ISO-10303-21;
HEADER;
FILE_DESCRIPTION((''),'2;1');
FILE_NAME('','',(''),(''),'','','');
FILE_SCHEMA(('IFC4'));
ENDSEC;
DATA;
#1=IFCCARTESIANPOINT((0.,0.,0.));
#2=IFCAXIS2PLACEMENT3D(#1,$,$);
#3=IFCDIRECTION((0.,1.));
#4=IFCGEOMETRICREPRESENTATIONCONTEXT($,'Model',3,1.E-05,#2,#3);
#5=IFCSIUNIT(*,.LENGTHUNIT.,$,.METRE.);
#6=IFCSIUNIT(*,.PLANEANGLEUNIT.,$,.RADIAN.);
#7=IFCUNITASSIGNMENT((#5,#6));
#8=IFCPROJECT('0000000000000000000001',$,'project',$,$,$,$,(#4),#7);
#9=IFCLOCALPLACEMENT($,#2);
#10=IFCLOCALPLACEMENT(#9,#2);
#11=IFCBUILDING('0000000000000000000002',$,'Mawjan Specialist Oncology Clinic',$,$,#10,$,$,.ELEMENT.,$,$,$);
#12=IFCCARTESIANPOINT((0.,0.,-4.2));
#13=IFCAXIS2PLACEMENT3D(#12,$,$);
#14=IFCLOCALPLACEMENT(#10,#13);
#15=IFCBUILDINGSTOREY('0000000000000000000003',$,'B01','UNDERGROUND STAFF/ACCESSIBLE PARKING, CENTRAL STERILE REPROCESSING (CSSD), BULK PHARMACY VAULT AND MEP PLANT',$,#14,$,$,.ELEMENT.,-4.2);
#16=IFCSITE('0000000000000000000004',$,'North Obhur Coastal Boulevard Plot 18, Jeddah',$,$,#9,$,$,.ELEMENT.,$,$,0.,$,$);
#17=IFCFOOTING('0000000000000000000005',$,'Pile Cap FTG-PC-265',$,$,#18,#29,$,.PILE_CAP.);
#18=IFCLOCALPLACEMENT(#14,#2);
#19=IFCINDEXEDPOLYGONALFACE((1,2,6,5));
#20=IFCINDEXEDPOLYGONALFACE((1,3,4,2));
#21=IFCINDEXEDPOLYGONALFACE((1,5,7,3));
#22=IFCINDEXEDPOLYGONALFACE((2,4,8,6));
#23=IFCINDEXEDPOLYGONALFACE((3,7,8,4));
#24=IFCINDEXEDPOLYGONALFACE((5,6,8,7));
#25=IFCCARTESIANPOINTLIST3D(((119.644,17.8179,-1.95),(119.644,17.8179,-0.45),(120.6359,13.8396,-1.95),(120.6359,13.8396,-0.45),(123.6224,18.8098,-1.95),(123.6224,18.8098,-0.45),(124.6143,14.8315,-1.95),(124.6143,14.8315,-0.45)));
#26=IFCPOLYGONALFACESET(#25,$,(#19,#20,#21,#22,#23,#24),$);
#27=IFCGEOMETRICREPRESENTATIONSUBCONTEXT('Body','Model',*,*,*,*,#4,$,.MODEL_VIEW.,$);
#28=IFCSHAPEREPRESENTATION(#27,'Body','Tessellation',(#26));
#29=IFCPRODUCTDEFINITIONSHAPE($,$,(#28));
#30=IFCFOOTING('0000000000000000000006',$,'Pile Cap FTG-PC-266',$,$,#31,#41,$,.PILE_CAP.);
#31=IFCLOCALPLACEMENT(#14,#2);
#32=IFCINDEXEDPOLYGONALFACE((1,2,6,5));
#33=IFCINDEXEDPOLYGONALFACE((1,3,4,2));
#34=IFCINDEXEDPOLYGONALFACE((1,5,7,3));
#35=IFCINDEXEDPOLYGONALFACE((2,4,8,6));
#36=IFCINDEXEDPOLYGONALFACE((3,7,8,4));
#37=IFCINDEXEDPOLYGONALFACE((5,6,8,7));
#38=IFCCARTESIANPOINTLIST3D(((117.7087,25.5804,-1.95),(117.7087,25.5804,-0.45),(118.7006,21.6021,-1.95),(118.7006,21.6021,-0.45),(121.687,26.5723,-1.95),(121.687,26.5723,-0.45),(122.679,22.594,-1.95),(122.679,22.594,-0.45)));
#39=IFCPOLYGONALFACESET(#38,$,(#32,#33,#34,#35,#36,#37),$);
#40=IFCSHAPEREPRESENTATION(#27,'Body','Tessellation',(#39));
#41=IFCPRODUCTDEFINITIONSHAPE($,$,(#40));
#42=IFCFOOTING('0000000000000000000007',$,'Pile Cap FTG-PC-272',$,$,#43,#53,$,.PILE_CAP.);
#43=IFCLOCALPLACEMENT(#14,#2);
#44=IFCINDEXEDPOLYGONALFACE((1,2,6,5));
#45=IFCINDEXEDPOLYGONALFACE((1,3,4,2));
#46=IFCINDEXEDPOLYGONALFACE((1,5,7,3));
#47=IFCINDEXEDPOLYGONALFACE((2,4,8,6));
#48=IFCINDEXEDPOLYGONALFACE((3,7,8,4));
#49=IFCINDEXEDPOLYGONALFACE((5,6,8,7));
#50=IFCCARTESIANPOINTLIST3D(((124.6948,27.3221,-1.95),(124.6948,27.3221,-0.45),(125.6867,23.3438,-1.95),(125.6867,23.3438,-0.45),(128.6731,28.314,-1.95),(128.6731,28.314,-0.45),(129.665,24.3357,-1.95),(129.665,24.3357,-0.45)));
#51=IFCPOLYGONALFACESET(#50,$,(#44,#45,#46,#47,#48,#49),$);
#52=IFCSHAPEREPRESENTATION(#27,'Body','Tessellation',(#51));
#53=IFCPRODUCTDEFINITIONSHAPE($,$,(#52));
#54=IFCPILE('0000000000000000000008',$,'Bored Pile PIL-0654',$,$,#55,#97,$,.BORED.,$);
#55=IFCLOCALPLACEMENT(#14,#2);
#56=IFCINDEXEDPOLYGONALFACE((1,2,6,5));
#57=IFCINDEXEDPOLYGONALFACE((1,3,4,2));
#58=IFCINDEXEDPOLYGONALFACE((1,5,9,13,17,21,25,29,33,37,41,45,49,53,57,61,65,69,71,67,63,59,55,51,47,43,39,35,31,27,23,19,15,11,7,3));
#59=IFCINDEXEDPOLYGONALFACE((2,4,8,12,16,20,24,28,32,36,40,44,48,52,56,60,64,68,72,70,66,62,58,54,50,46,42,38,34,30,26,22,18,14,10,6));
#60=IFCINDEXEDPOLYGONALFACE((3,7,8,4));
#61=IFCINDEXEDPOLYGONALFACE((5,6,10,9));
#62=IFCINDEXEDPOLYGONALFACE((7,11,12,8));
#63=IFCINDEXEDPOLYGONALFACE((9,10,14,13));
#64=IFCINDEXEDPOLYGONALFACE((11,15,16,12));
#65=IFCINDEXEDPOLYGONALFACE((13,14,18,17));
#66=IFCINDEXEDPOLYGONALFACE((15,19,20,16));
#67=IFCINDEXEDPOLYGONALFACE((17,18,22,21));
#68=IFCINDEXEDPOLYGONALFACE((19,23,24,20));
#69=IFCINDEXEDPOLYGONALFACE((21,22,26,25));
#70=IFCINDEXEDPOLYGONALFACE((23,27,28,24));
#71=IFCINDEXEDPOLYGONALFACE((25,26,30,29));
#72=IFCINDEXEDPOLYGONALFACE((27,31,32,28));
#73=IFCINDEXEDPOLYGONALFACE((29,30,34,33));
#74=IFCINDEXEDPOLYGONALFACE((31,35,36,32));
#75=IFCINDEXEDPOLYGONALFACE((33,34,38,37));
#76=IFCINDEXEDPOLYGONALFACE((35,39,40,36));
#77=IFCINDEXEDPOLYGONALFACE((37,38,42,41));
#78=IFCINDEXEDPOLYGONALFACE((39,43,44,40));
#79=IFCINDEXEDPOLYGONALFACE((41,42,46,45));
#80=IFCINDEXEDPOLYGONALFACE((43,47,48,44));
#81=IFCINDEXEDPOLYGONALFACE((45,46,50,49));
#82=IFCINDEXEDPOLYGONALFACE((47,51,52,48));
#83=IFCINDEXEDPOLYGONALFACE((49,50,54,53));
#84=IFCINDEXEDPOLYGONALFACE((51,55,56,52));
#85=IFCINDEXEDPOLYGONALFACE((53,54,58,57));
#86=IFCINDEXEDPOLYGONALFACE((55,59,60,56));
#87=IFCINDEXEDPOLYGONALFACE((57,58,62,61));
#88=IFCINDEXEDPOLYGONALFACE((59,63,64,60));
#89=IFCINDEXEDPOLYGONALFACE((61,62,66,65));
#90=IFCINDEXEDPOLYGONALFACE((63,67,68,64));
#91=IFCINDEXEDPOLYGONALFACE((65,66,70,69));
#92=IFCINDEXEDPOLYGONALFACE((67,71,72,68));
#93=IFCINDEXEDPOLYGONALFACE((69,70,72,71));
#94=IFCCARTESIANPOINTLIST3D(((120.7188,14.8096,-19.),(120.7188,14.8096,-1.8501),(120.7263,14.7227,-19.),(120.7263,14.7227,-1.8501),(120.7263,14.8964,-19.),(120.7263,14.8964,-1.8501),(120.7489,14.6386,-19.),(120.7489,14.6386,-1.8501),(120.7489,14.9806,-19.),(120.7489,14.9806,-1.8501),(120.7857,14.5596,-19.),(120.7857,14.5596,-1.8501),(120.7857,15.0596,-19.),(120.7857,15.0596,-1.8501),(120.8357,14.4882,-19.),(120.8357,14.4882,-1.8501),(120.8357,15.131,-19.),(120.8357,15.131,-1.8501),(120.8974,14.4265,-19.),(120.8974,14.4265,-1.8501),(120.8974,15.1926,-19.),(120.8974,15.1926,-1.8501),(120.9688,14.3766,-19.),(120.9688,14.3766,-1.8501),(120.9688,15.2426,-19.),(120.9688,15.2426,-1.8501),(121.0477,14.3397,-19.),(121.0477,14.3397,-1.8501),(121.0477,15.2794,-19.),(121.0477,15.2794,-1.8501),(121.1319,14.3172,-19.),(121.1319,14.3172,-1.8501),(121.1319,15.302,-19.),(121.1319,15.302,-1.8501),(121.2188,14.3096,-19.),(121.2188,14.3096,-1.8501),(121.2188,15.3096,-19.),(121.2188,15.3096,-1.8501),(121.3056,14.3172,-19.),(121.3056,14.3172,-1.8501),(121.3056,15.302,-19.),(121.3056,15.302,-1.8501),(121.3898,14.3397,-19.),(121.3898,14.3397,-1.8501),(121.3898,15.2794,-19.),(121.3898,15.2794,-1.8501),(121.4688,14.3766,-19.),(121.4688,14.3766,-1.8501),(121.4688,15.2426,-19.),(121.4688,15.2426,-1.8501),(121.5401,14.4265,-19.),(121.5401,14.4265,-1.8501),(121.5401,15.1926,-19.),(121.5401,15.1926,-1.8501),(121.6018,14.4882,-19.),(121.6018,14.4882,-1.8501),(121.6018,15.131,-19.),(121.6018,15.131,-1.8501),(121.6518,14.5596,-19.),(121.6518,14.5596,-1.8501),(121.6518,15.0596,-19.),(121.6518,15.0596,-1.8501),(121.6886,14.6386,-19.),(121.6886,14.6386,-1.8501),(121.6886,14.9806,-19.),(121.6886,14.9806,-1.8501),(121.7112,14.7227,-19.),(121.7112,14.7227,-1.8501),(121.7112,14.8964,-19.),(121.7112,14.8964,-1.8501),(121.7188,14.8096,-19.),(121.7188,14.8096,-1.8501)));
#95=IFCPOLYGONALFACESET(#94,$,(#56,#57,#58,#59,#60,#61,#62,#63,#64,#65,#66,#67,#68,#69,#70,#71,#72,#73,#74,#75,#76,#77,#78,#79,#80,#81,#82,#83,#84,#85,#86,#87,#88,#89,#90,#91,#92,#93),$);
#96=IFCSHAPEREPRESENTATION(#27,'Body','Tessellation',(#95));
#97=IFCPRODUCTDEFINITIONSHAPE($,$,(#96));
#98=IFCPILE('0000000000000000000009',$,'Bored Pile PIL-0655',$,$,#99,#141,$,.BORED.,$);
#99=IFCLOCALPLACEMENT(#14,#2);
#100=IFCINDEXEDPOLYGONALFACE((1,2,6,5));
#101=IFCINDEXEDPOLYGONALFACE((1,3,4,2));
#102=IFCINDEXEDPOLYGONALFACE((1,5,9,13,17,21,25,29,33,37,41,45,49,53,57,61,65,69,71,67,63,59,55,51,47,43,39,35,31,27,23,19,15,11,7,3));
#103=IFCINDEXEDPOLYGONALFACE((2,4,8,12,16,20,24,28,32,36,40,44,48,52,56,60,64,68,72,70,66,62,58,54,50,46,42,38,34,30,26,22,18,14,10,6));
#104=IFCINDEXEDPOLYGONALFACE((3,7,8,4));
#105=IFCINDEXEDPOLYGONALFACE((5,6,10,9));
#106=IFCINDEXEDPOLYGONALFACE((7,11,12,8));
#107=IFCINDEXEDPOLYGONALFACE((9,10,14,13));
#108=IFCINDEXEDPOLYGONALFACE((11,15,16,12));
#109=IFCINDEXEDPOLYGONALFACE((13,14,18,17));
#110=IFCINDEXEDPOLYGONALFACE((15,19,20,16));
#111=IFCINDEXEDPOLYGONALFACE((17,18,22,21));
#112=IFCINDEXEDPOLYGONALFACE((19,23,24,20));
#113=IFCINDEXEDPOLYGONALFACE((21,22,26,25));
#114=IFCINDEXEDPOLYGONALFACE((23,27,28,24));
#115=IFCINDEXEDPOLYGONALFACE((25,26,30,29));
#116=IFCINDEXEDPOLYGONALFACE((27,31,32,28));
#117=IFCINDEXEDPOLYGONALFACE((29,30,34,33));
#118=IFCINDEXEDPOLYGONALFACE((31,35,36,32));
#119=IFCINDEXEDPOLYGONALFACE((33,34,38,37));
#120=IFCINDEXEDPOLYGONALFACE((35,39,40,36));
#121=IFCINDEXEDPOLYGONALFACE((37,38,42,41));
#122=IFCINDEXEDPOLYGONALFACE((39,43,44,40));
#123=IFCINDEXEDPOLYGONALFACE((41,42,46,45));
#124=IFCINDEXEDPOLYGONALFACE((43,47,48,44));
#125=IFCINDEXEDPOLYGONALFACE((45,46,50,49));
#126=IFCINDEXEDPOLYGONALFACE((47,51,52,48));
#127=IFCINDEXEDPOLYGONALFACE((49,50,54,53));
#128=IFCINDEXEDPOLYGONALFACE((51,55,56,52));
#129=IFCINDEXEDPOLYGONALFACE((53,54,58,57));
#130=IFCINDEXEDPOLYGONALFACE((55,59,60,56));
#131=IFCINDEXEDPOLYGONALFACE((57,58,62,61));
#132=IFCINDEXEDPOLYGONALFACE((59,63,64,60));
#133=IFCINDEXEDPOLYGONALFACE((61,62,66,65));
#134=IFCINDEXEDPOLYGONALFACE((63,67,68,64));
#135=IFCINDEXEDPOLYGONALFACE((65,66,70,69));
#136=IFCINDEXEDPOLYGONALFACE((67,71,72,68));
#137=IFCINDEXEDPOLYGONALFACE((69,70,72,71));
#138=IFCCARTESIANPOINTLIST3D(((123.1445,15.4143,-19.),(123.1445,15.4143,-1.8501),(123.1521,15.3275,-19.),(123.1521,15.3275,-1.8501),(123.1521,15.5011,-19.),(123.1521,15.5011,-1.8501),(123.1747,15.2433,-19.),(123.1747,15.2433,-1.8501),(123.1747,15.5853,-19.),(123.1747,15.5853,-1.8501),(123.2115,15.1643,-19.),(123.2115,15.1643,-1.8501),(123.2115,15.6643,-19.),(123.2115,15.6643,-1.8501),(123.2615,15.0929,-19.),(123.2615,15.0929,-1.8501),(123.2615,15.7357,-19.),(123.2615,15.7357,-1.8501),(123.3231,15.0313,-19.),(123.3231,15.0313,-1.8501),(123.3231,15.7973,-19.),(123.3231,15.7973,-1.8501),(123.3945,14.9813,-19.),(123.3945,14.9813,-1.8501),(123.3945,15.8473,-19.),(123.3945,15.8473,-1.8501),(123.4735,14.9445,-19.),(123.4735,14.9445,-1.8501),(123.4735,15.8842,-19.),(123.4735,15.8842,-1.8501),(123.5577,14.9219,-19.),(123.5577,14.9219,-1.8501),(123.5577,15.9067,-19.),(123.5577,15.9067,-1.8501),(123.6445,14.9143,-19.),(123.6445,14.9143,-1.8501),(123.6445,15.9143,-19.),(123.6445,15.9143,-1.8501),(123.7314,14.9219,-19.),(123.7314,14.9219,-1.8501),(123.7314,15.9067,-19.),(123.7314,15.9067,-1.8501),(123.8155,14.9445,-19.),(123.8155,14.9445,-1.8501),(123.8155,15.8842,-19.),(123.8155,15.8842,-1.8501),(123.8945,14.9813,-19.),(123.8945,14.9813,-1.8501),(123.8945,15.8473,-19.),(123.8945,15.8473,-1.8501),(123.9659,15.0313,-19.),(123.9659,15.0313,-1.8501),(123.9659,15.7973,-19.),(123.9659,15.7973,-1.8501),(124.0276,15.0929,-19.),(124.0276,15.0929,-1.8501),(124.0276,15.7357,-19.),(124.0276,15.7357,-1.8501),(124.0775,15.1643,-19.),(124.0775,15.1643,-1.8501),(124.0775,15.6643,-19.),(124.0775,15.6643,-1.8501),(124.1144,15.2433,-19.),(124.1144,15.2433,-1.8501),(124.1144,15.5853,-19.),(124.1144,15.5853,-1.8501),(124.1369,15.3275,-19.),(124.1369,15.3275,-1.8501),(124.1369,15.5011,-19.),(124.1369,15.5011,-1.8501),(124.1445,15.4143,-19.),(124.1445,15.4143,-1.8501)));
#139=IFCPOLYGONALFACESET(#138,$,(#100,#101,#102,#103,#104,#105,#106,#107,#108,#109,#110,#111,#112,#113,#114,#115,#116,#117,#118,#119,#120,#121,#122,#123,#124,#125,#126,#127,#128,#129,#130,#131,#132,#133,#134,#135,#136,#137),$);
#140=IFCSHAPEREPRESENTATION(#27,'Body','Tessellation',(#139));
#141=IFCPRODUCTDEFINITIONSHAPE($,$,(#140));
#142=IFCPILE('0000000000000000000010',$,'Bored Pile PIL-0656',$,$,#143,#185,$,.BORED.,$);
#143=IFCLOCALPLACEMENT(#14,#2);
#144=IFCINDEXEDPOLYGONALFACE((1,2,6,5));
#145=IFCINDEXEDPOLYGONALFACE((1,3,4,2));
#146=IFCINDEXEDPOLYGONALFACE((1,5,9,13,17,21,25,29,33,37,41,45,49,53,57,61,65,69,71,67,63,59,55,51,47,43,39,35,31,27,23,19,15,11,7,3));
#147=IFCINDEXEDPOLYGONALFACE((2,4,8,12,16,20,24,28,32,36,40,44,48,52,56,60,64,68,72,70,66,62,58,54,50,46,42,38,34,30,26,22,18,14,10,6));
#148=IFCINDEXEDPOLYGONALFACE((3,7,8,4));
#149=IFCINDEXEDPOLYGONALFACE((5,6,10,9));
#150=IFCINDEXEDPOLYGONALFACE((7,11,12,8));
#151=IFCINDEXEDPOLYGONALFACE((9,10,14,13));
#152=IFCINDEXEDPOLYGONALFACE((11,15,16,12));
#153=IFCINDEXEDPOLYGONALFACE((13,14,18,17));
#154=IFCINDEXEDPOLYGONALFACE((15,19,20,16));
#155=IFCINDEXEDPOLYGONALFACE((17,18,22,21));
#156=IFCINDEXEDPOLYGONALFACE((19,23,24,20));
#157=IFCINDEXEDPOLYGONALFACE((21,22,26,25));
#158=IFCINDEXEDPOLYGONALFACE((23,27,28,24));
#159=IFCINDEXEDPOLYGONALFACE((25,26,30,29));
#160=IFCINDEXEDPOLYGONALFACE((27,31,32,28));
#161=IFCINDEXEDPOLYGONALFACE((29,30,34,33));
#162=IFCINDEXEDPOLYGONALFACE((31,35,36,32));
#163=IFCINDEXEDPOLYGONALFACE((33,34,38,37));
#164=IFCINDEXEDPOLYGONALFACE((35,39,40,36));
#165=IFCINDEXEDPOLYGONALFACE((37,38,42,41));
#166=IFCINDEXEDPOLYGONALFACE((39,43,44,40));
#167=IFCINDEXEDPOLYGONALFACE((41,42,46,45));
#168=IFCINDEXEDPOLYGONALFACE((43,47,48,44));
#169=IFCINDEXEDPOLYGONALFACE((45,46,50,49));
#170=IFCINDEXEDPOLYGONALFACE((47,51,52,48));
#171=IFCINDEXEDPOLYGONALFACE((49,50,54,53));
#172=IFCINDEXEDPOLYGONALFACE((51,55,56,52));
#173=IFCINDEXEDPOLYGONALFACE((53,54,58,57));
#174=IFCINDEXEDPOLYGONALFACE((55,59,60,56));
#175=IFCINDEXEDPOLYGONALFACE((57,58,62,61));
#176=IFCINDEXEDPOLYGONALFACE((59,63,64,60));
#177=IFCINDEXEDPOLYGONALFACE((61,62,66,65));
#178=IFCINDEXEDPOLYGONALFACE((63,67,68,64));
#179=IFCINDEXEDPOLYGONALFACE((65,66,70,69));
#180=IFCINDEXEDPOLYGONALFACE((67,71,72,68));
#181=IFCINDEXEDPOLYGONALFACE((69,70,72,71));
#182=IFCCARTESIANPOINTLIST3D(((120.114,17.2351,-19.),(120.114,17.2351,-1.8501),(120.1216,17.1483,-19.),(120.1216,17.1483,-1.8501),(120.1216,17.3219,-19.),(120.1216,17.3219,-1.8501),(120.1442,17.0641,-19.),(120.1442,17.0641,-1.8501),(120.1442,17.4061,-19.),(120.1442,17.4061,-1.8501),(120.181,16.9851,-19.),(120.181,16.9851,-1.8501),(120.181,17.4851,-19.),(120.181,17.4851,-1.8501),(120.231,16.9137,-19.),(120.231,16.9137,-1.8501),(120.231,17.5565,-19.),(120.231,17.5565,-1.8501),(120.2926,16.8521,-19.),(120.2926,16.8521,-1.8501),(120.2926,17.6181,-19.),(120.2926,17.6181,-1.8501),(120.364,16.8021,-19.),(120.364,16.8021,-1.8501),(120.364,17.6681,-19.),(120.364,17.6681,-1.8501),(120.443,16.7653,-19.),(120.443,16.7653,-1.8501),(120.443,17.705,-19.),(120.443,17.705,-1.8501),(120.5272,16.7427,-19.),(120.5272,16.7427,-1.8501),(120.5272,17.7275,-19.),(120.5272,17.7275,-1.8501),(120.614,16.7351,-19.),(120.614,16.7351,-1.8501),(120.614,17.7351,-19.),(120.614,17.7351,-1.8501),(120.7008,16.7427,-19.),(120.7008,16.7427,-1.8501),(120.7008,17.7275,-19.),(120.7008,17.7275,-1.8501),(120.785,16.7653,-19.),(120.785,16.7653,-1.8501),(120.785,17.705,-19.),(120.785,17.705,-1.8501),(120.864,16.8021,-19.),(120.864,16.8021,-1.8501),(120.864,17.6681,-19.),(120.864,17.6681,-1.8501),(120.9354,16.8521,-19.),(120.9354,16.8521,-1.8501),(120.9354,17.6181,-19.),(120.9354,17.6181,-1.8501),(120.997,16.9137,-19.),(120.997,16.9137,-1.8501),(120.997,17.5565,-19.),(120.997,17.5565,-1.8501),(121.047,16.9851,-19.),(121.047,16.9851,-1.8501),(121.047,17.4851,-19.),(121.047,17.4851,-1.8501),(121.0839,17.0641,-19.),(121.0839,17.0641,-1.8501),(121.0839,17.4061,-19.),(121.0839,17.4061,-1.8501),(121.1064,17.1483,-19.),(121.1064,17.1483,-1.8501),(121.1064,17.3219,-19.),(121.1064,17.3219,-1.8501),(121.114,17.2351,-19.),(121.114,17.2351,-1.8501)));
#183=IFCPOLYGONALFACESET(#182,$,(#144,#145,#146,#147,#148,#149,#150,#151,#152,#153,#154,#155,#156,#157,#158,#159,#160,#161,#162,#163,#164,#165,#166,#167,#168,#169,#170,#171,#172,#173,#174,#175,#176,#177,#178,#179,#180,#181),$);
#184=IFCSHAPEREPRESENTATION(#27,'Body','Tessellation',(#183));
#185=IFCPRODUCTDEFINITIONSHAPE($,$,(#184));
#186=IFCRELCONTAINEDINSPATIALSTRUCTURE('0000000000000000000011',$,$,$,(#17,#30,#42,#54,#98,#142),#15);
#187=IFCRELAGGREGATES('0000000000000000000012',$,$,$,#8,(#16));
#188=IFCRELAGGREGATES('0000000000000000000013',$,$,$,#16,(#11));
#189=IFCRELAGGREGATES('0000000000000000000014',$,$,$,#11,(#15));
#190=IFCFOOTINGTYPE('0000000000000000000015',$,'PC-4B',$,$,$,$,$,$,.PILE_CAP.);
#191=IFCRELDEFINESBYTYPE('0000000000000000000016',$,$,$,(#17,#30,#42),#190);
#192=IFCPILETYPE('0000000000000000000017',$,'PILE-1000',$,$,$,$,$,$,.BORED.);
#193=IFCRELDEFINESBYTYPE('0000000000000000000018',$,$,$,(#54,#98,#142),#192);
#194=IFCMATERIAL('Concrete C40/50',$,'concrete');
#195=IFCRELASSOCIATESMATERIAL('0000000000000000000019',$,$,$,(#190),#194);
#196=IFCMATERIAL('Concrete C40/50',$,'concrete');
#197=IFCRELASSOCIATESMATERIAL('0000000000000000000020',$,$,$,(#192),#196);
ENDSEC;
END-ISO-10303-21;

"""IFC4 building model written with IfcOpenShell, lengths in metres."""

from ifc_helpers import new_model, si_unit, direction, frame, origin, origin_2d, place, context, subcontext, project, spatial, rectangle, circle, extrude, material, material_profile, profile_set, type_object, element, save


model = new_model("IFC4")

# Units and contexts
model_context = context("Model", 3, precision=1e-05, world=origin(), true_north=direction((0.0, 1.0)))
body_context = subcontext(model_context, "Body", "Model", "MODEL_VIEW")
ifc_project = project(units=[si_unit("LENGTHUNIT", "METRE"), si_unit("PLANEANGLEUNIT", "RADIAN")], contexts=[model_context])

# Site, building, storey
site_placement = place(None, origin())
site = spatial("IfcSite", under=ifc_project, at=site_placement, Name="North Obhur Coastal Boulevard Plot 18, Jeddah", CompositionType="ELEMENT", RefElevation=0.0)
building_placement = place(site_placement, origin())
building = spatial("IfcBuilding", under=site, at=building_placement, Name="Mawjan Specialist Oncology Clinic", CompositionType="ELEMENT")
storey_placement = place(building_placement, frame((0.0, 0.0, -4.2)))
storey = spatial("IfcBuildingStorey", under=building, at=storey_placement, Name="B01", Description="UNDERGROUND STAFF/ACCESSIBLE PARKING, CENTRAL STERILE REPROCESSING (CSSD), BULK PHARMACY VAULT AND MEP PLANT", CompositionType="ELEMENT", Elevation=-4.2)

# Footings
ifc_material_1 = material(Name="Concrete C40/50", Category="concrete")
footing_type = type_object("IfcFootingType", Name="PC-4B", PredefinedType="PILE_CAP", material=ifc_material_1)
for number, where, z_axis, x_axis, name in (
    (1, (122.1292, 16.3247, -1.95), (0.0, 0.0, 1.0), (0.970296, 0.241922, 0.0), "Pile Cap FTG-PC-265"),
    (2, (120.1938, 24.0872, -1.95), (0.0, 0.0, 1.0), (0.970296, 0.241922, 0.0), "Pile Cap FTG-PC-266"),
    (3, (127.1799, 25.8289, -1.95), (0.0, 0.0, 1.0), (0.970296, 0.241922, 0.0), "Pile Cap FTG-PC-272"),
):
    element("IfcFooting", number, at=place(storey_placement, frame(where, z_axis=z_axis, x_axis=x_axis)), inside=storey, type_object=footing_type, Name=name, PredefinedType="PILE_CAP", context=body_context, shape_type="SweptSolid", body=[
        extrude(rectangle(XDim=4.1001, YDim=4.1001, at=origin_2d()), origin(), (0.0, 0.0, 1.0), 1.5),
    ])

# Piles
ifc_material_2 = material(Name="Concrete C40/50", Category="concrete")
ifc_material_profile_1 = material_profile(ifc_material_2, circle(Radius=0.5, at=origin_2d()), Name="BORED PILE D1000", Category="concrete")
ifc_profile_set_1 = profile_set([ifc_material_profile_1], Name="Concrete C40/50")
pile_type = type_object("IfcPileType", Name="PILE-1000", PredefinedType="BORED", material=ifc_profile_set_1)
for number, where, z_axis, x_axis, name in (
    (4, (121.2188, 14.8096, -1.8501), (0.0, 0.0, -1.0), (1.0, 0.0, 0.0), "Bored Pile PIL-0654"),
    (5, (123.6445, 15.4143, -1.8501), (0.0, 0.0, -1.0), (1.0, 0.0, 0.0), "Bored Pile PIL-0655"),
    (6, (120.614, 17.2351, -1.8501), (0.0, 0.0, -1.0), (1.0, 0.0, 0.0), "Bored Pile PIL-0656"),
):
    element("IfcPile", number, at=place(storey_placement, frame(where, z_axis=z_axis, x_axis=x_axis)), inside=storey, type_object=pile_type, Name=name, PredefinedType="BORED", context=body_context, shape_type="SweptSolid", body=[
        extrude(circle(Radius=0.5, at=origin_2d()), origin(), (0.0, 0.0, 1.0), 17.1499),
    ])

save(model, "model.ifc")
